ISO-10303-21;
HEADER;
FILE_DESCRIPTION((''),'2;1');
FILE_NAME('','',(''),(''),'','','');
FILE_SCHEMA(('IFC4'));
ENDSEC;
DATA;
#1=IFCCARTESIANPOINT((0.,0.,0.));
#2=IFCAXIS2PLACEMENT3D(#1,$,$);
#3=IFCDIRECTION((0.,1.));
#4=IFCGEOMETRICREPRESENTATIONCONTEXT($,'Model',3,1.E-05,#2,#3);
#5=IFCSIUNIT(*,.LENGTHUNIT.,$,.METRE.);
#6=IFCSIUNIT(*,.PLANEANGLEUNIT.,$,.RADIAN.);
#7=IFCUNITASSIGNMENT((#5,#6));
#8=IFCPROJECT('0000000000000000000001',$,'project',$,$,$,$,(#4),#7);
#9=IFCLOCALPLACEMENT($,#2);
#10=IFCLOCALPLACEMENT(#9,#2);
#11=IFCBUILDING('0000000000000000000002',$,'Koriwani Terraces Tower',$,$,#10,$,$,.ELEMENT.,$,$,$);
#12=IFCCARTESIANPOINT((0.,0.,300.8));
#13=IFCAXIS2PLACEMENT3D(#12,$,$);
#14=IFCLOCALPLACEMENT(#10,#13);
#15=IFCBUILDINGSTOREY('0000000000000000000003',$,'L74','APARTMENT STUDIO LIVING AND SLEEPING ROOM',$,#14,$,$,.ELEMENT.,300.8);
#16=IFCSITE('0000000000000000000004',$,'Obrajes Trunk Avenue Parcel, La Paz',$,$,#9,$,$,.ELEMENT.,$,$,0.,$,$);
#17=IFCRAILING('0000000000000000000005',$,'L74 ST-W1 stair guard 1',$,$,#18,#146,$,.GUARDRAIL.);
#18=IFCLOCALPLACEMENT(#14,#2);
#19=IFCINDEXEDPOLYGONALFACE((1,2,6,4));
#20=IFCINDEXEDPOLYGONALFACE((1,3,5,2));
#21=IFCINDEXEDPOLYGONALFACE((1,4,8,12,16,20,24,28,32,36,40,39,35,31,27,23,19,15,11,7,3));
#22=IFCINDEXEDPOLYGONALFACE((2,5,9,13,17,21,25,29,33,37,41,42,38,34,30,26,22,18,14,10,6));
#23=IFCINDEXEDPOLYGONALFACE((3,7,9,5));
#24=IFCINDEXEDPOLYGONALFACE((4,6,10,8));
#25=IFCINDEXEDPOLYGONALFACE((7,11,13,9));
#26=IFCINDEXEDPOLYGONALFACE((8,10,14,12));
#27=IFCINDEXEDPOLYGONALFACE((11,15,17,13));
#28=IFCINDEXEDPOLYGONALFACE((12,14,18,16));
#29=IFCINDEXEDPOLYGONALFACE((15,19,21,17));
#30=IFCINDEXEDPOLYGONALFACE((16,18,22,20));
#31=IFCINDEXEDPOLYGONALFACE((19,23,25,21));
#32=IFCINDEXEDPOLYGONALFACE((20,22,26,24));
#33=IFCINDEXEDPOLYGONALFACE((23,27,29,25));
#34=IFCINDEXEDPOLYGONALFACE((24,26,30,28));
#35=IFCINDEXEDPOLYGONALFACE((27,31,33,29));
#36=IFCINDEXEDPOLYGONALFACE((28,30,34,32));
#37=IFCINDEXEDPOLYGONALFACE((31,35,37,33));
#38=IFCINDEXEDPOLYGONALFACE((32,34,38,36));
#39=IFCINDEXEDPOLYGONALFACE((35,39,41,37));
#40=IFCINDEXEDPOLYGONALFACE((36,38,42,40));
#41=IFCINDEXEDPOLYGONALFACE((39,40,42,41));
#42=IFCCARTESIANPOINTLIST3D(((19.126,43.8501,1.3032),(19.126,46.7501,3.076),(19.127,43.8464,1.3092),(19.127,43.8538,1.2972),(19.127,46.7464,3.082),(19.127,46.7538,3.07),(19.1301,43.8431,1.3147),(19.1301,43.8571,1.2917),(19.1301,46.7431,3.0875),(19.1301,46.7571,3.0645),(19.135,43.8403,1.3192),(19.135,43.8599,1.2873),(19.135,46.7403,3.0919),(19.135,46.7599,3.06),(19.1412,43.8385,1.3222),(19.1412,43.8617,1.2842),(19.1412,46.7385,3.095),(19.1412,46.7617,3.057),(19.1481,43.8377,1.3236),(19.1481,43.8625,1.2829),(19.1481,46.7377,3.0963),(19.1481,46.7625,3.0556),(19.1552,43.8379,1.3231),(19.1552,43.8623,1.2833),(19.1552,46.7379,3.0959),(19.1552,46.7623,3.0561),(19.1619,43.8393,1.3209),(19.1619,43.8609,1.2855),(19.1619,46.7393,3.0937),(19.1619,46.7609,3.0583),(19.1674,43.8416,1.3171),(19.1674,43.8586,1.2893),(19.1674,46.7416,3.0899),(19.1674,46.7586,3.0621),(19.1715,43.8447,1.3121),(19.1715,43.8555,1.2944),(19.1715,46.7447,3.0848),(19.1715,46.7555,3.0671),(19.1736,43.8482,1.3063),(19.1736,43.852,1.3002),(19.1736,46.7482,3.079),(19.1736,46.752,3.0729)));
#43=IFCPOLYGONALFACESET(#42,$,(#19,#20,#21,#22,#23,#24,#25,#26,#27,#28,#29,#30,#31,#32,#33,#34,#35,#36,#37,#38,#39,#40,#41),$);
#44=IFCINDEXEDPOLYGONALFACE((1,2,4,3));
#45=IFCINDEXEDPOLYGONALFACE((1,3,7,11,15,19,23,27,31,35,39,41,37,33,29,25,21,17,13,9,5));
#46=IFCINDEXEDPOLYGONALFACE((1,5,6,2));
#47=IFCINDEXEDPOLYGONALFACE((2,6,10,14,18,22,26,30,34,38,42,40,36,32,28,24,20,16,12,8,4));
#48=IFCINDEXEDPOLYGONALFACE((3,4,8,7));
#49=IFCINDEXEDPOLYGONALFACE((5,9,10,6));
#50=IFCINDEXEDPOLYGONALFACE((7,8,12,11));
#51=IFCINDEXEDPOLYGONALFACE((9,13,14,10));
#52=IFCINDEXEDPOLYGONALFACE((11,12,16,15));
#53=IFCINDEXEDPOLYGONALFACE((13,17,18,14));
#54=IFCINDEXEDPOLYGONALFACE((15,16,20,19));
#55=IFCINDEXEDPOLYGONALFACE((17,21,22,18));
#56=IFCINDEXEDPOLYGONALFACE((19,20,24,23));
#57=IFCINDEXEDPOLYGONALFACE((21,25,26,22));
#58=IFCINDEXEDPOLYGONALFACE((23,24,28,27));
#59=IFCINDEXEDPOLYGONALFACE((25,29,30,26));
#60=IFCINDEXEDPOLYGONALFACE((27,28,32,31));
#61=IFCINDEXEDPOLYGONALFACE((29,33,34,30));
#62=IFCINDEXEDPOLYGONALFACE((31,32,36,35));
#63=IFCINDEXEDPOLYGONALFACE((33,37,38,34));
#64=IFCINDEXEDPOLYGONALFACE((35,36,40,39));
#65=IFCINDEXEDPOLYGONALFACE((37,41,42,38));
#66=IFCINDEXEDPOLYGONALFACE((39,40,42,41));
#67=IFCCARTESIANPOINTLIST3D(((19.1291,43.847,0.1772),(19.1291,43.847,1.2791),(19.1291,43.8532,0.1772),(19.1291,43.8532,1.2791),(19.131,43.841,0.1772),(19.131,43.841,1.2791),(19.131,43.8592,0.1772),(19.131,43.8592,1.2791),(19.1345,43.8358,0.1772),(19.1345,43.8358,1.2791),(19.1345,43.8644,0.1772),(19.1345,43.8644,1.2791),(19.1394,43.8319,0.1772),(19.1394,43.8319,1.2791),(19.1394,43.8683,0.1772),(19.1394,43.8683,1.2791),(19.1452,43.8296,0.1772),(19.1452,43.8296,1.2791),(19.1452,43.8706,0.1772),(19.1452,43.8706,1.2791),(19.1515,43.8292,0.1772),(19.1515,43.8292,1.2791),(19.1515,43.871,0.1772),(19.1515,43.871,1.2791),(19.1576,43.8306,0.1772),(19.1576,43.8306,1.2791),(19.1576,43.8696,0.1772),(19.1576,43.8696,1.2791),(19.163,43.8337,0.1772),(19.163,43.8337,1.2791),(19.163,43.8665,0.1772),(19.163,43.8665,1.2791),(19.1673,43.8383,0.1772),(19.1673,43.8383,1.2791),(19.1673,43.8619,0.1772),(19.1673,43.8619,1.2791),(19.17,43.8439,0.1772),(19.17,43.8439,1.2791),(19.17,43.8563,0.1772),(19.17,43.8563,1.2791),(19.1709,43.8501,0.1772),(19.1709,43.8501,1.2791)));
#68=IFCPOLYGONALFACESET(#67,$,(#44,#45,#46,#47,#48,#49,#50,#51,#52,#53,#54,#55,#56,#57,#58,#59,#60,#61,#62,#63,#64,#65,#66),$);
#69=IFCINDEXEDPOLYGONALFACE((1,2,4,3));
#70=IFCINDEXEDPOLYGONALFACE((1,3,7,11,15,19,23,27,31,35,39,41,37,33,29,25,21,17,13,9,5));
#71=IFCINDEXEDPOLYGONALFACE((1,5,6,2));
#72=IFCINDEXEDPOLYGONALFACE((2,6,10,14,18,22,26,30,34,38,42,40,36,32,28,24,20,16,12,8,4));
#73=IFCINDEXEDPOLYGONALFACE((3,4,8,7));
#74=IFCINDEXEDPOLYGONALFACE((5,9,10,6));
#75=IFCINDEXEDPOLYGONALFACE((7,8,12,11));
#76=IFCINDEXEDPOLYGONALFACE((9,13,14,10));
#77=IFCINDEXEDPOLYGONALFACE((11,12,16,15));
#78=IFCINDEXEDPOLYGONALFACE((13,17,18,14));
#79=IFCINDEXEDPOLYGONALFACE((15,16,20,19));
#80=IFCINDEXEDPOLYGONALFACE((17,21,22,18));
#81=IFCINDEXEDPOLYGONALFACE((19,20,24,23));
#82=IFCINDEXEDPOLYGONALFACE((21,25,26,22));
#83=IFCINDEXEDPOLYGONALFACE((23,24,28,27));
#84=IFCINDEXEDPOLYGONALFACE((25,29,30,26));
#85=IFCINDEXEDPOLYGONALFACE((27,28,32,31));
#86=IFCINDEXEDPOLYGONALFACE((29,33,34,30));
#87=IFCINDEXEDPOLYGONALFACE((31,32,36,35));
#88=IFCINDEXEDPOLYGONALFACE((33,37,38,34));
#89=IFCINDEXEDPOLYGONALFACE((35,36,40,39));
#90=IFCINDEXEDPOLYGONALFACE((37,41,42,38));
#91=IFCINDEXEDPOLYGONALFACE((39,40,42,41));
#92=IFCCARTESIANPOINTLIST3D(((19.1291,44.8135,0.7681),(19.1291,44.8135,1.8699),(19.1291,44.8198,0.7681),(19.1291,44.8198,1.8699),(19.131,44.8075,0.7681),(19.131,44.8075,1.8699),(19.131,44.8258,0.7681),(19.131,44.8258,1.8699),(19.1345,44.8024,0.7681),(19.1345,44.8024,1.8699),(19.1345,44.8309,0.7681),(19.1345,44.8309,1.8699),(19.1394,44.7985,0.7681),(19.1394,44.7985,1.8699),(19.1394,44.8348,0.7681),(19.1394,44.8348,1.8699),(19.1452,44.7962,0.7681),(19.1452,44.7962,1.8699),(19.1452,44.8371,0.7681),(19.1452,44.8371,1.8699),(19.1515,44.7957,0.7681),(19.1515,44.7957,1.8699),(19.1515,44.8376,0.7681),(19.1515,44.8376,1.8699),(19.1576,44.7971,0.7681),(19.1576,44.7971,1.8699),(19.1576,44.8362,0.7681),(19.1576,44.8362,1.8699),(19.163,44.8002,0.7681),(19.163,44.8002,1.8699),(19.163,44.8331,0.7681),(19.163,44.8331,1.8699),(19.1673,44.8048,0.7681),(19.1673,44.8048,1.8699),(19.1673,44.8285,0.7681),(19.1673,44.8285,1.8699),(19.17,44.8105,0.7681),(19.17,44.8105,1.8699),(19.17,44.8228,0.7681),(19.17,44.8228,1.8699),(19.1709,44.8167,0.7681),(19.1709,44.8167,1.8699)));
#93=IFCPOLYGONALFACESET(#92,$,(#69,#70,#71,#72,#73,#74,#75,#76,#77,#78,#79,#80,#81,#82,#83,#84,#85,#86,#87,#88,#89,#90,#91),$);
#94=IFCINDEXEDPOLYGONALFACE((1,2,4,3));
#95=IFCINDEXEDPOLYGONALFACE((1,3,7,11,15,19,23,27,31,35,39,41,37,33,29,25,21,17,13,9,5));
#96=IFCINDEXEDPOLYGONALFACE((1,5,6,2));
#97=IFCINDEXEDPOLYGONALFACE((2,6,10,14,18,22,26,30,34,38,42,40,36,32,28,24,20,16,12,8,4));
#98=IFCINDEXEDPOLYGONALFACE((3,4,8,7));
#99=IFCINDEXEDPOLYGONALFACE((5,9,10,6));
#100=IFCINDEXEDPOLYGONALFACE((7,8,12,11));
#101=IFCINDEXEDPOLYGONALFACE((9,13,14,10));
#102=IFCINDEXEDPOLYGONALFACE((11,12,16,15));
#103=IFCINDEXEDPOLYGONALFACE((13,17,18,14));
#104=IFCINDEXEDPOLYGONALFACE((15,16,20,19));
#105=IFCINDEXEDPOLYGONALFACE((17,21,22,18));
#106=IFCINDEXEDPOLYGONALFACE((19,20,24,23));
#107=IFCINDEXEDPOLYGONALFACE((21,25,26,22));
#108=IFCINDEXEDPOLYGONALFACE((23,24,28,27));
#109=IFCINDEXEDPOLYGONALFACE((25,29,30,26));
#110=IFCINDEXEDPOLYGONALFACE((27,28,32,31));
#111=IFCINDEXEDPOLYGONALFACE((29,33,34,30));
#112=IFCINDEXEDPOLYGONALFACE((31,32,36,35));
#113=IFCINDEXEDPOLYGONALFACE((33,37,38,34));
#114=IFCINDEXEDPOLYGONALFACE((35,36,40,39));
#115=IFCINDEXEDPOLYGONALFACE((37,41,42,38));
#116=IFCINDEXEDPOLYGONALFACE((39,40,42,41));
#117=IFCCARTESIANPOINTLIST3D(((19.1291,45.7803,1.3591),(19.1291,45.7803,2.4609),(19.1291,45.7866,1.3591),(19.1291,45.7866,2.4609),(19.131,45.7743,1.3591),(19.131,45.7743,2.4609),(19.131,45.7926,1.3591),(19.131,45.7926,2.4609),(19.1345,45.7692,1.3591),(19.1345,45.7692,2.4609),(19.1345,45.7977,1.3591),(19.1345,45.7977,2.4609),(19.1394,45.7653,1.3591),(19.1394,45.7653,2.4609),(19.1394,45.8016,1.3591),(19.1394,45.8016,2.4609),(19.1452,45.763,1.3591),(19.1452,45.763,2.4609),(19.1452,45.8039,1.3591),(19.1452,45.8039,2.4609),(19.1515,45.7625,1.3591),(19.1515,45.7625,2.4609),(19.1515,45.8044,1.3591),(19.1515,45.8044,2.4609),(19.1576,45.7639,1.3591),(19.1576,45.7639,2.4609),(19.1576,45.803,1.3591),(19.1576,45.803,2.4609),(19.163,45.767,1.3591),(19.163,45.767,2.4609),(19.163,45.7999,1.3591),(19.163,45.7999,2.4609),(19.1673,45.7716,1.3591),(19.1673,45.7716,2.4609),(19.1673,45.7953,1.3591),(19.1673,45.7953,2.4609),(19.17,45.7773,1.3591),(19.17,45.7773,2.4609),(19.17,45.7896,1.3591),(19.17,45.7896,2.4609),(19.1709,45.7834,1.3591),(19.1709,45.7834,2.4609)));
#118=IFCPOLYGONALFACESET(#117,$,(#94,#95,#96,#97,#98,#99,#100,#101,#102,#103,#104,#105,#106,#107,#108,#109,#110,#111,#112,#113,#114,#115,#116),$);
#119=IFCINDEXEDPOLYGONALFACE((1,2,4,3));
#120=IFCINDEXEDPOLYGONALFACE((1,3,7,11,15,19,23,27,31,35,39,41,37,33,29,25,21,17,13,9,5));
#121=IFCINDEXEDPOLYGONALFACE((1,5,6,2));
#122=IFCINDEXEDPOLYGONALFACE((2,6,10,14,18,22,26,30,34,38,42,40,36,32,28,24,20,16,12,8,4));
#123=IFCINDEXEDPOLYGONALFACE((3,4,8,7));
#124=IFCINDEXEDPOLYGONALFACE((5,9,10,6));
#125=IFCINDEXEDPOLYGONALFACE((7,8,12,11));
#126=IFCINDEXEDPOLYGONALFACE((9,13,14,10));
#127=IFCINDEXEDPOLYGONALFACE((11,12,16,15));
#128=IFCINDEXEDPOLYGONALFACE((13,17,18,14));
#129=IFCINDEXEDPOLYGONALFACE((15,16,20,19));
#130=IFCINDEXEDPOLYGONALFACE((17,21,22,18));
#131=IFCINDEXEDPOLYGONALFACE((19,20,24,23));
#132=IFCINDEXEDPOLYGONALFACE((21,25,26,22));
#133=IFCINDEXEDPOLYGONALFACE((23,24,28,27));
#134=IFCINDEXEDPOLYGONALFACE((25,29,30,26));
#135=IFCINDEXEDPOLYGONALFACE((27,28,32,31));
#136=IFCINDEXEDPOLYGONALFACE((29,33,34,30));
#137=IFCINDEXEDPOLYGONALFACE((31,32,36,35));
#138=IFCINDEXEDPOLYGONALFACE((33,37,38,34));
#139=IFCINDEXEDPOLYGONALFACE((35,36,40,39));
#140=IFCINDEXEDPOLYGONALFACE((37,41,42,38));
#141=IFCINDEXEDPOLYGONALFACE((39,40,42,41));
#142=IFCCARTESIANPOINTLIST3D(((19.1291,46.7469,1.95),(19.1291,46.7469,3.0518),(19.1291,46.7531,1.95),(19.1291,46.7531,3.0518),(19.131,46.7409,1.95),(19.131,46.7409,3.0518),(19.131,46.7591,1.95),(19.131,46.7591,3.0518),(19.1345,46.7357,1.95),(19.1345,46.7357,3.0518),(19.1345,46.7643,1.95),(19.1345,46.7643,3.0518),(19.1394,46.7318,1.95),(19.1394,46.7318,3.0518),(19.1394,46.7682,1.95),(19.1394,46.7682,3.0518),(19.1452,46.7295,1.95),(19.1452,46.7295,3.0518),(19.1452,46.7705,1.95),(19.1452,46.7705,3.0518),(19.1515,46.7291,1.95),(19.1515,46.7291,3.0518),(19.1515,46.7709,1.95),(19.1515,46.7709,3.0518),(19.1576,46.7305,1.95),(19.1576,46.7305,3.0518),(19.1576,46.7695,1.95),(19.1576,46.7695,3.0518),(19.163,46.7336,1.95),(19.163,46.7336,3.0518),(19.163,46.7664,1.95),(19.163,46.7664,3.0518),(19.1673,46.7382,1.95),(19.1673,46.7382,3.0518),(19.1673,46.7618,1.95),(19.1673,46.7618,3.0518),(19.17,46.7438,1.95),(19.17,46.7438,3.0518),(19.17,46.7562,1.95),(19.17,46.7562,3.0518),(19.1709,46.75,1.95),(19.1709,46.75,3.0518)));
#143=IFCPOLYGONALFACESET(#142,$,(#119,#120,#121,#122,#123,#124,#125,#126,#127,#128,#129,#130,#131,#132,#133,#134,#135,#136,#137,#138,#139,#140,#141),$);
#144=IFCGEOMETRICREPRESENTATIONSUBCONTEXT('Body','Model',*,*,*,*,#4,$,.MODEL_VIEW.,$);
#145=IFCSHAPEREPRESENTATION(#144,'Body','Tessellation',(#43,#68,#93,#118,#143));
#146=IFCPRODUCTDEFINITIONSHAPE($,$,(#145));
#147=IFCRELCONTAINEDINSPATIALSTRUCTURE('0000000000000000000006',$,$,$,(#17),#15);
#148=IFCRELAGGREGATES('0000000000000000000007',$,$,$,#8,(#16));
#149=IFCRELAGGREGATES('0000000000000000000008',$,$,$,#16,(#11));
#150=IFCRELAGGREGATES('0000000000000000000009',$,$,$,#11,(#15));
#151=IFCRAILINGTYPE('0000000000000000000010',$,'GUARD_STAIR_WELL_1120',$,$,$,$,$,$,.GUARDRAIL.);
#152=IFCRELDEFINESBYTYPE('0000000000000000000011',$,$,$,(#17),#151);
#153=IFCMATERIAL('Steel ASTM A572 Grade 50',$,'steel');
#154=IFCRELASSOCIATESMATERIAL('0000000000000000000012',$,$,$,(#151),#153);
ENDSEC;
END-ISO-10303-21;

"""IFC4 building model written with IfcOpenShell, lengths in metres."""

from ifc_helpers import new_model, si_unit, direction, frame, origin, origin_2d, place, context, subcontext, project, spatial, circle, extrude, material, type_object, element, save


model = new_model("IFC4")

# Units and contexts
model_context = context("Model", 3, precision=1e-05, world=origin(), true_north=direction((0.0, 1.0)))
body_context = subcontext(model_context, "Body", "Model", "MODEL_VIEW")
ifc_project = project(units=[si_unit("LENGTHUNIT", "METRE"), si_unit("PLANEANGLEUNIT", "RADIAN")], contexts=[model_context])

# Site, building, storey
site_placement = place(None, origin())
site = spatial("IfcSite", under=ifc_project, at=site_placement, Name="Obrajes Trunk Avenue Parcel, La Paz", CompositionType="ELEMENT", RefElevation=0.0)
building_placement = place(site_placement, origin())
building = spatial("IfcBuilding", under=site, at=building_placement, Name="Koriwani Terraces Tower", CompositionType="ELEMENT")
storey_placement = place(building_placement, frame((0.0, 0.0, 300.8)))
storey = spatial("IfcBuildingStorey", under=building, at=storey_placement, Name="L74", Description="APARTMENT STUDIO LIVING AND SLEEPING ROOM", CompositionType="ELEMENT", Elevation=300.8)

# Shared definitions
ifc_material_1 = material(Name="Steel ASTM A572 Grade 50", Category="steel")

# Railing
railing_type_1 = type_object("IfcRailingType", Name="GUARD_STAIR_WELL_1120", PredefinedType="GUARDRAIL", material=ifc_material_1)
railing_1_placement = place(storey_placement, frame((19.1499, 43.8501, 0.1772)))
element("IfcRailing", 1, at=railing_1_placement, inside=storey, type_object=railing_type_1, Name="L74 ST-W1 stair guard 1", PredefinedType="GUARDRAIL", context=body_context, shape_type="SweptSolid", body=[
    extrude(circle(Radius=0.0239, at=origin_2d()), frame((0.0, 0.0, 1.126), z_axis=(0.0, 0.853211, 0.521566), x_axis=(-1.0, 0.0, 0.0)), (0.0, 0.0, 1.0), 3.3989),
    extrude(circle(Radius=0.021, at=origin_2d()), origin(), (0.0, 0.0, 1.0), 1.1018),
    extrude(circle(Radius=0.021, at=origin_2d()), frame((0.0, 0.9666, 0.5908)), (0.0, 0.0, 1.0), 1.1018),
    extrude(circle(Radius=0.021, at=origin_2d()), frame((0.0, 1.9333, 1.1819)), (0.0, 0.0, 1.0), 1.1018),
    extrude(circle(Radius=0.021, at=origin_2d()), frame((0.0, 2.8999, 1.7727)), (0.0, 0.0, 1.0), 1.1018),
])

save(model, "model.ifc")
